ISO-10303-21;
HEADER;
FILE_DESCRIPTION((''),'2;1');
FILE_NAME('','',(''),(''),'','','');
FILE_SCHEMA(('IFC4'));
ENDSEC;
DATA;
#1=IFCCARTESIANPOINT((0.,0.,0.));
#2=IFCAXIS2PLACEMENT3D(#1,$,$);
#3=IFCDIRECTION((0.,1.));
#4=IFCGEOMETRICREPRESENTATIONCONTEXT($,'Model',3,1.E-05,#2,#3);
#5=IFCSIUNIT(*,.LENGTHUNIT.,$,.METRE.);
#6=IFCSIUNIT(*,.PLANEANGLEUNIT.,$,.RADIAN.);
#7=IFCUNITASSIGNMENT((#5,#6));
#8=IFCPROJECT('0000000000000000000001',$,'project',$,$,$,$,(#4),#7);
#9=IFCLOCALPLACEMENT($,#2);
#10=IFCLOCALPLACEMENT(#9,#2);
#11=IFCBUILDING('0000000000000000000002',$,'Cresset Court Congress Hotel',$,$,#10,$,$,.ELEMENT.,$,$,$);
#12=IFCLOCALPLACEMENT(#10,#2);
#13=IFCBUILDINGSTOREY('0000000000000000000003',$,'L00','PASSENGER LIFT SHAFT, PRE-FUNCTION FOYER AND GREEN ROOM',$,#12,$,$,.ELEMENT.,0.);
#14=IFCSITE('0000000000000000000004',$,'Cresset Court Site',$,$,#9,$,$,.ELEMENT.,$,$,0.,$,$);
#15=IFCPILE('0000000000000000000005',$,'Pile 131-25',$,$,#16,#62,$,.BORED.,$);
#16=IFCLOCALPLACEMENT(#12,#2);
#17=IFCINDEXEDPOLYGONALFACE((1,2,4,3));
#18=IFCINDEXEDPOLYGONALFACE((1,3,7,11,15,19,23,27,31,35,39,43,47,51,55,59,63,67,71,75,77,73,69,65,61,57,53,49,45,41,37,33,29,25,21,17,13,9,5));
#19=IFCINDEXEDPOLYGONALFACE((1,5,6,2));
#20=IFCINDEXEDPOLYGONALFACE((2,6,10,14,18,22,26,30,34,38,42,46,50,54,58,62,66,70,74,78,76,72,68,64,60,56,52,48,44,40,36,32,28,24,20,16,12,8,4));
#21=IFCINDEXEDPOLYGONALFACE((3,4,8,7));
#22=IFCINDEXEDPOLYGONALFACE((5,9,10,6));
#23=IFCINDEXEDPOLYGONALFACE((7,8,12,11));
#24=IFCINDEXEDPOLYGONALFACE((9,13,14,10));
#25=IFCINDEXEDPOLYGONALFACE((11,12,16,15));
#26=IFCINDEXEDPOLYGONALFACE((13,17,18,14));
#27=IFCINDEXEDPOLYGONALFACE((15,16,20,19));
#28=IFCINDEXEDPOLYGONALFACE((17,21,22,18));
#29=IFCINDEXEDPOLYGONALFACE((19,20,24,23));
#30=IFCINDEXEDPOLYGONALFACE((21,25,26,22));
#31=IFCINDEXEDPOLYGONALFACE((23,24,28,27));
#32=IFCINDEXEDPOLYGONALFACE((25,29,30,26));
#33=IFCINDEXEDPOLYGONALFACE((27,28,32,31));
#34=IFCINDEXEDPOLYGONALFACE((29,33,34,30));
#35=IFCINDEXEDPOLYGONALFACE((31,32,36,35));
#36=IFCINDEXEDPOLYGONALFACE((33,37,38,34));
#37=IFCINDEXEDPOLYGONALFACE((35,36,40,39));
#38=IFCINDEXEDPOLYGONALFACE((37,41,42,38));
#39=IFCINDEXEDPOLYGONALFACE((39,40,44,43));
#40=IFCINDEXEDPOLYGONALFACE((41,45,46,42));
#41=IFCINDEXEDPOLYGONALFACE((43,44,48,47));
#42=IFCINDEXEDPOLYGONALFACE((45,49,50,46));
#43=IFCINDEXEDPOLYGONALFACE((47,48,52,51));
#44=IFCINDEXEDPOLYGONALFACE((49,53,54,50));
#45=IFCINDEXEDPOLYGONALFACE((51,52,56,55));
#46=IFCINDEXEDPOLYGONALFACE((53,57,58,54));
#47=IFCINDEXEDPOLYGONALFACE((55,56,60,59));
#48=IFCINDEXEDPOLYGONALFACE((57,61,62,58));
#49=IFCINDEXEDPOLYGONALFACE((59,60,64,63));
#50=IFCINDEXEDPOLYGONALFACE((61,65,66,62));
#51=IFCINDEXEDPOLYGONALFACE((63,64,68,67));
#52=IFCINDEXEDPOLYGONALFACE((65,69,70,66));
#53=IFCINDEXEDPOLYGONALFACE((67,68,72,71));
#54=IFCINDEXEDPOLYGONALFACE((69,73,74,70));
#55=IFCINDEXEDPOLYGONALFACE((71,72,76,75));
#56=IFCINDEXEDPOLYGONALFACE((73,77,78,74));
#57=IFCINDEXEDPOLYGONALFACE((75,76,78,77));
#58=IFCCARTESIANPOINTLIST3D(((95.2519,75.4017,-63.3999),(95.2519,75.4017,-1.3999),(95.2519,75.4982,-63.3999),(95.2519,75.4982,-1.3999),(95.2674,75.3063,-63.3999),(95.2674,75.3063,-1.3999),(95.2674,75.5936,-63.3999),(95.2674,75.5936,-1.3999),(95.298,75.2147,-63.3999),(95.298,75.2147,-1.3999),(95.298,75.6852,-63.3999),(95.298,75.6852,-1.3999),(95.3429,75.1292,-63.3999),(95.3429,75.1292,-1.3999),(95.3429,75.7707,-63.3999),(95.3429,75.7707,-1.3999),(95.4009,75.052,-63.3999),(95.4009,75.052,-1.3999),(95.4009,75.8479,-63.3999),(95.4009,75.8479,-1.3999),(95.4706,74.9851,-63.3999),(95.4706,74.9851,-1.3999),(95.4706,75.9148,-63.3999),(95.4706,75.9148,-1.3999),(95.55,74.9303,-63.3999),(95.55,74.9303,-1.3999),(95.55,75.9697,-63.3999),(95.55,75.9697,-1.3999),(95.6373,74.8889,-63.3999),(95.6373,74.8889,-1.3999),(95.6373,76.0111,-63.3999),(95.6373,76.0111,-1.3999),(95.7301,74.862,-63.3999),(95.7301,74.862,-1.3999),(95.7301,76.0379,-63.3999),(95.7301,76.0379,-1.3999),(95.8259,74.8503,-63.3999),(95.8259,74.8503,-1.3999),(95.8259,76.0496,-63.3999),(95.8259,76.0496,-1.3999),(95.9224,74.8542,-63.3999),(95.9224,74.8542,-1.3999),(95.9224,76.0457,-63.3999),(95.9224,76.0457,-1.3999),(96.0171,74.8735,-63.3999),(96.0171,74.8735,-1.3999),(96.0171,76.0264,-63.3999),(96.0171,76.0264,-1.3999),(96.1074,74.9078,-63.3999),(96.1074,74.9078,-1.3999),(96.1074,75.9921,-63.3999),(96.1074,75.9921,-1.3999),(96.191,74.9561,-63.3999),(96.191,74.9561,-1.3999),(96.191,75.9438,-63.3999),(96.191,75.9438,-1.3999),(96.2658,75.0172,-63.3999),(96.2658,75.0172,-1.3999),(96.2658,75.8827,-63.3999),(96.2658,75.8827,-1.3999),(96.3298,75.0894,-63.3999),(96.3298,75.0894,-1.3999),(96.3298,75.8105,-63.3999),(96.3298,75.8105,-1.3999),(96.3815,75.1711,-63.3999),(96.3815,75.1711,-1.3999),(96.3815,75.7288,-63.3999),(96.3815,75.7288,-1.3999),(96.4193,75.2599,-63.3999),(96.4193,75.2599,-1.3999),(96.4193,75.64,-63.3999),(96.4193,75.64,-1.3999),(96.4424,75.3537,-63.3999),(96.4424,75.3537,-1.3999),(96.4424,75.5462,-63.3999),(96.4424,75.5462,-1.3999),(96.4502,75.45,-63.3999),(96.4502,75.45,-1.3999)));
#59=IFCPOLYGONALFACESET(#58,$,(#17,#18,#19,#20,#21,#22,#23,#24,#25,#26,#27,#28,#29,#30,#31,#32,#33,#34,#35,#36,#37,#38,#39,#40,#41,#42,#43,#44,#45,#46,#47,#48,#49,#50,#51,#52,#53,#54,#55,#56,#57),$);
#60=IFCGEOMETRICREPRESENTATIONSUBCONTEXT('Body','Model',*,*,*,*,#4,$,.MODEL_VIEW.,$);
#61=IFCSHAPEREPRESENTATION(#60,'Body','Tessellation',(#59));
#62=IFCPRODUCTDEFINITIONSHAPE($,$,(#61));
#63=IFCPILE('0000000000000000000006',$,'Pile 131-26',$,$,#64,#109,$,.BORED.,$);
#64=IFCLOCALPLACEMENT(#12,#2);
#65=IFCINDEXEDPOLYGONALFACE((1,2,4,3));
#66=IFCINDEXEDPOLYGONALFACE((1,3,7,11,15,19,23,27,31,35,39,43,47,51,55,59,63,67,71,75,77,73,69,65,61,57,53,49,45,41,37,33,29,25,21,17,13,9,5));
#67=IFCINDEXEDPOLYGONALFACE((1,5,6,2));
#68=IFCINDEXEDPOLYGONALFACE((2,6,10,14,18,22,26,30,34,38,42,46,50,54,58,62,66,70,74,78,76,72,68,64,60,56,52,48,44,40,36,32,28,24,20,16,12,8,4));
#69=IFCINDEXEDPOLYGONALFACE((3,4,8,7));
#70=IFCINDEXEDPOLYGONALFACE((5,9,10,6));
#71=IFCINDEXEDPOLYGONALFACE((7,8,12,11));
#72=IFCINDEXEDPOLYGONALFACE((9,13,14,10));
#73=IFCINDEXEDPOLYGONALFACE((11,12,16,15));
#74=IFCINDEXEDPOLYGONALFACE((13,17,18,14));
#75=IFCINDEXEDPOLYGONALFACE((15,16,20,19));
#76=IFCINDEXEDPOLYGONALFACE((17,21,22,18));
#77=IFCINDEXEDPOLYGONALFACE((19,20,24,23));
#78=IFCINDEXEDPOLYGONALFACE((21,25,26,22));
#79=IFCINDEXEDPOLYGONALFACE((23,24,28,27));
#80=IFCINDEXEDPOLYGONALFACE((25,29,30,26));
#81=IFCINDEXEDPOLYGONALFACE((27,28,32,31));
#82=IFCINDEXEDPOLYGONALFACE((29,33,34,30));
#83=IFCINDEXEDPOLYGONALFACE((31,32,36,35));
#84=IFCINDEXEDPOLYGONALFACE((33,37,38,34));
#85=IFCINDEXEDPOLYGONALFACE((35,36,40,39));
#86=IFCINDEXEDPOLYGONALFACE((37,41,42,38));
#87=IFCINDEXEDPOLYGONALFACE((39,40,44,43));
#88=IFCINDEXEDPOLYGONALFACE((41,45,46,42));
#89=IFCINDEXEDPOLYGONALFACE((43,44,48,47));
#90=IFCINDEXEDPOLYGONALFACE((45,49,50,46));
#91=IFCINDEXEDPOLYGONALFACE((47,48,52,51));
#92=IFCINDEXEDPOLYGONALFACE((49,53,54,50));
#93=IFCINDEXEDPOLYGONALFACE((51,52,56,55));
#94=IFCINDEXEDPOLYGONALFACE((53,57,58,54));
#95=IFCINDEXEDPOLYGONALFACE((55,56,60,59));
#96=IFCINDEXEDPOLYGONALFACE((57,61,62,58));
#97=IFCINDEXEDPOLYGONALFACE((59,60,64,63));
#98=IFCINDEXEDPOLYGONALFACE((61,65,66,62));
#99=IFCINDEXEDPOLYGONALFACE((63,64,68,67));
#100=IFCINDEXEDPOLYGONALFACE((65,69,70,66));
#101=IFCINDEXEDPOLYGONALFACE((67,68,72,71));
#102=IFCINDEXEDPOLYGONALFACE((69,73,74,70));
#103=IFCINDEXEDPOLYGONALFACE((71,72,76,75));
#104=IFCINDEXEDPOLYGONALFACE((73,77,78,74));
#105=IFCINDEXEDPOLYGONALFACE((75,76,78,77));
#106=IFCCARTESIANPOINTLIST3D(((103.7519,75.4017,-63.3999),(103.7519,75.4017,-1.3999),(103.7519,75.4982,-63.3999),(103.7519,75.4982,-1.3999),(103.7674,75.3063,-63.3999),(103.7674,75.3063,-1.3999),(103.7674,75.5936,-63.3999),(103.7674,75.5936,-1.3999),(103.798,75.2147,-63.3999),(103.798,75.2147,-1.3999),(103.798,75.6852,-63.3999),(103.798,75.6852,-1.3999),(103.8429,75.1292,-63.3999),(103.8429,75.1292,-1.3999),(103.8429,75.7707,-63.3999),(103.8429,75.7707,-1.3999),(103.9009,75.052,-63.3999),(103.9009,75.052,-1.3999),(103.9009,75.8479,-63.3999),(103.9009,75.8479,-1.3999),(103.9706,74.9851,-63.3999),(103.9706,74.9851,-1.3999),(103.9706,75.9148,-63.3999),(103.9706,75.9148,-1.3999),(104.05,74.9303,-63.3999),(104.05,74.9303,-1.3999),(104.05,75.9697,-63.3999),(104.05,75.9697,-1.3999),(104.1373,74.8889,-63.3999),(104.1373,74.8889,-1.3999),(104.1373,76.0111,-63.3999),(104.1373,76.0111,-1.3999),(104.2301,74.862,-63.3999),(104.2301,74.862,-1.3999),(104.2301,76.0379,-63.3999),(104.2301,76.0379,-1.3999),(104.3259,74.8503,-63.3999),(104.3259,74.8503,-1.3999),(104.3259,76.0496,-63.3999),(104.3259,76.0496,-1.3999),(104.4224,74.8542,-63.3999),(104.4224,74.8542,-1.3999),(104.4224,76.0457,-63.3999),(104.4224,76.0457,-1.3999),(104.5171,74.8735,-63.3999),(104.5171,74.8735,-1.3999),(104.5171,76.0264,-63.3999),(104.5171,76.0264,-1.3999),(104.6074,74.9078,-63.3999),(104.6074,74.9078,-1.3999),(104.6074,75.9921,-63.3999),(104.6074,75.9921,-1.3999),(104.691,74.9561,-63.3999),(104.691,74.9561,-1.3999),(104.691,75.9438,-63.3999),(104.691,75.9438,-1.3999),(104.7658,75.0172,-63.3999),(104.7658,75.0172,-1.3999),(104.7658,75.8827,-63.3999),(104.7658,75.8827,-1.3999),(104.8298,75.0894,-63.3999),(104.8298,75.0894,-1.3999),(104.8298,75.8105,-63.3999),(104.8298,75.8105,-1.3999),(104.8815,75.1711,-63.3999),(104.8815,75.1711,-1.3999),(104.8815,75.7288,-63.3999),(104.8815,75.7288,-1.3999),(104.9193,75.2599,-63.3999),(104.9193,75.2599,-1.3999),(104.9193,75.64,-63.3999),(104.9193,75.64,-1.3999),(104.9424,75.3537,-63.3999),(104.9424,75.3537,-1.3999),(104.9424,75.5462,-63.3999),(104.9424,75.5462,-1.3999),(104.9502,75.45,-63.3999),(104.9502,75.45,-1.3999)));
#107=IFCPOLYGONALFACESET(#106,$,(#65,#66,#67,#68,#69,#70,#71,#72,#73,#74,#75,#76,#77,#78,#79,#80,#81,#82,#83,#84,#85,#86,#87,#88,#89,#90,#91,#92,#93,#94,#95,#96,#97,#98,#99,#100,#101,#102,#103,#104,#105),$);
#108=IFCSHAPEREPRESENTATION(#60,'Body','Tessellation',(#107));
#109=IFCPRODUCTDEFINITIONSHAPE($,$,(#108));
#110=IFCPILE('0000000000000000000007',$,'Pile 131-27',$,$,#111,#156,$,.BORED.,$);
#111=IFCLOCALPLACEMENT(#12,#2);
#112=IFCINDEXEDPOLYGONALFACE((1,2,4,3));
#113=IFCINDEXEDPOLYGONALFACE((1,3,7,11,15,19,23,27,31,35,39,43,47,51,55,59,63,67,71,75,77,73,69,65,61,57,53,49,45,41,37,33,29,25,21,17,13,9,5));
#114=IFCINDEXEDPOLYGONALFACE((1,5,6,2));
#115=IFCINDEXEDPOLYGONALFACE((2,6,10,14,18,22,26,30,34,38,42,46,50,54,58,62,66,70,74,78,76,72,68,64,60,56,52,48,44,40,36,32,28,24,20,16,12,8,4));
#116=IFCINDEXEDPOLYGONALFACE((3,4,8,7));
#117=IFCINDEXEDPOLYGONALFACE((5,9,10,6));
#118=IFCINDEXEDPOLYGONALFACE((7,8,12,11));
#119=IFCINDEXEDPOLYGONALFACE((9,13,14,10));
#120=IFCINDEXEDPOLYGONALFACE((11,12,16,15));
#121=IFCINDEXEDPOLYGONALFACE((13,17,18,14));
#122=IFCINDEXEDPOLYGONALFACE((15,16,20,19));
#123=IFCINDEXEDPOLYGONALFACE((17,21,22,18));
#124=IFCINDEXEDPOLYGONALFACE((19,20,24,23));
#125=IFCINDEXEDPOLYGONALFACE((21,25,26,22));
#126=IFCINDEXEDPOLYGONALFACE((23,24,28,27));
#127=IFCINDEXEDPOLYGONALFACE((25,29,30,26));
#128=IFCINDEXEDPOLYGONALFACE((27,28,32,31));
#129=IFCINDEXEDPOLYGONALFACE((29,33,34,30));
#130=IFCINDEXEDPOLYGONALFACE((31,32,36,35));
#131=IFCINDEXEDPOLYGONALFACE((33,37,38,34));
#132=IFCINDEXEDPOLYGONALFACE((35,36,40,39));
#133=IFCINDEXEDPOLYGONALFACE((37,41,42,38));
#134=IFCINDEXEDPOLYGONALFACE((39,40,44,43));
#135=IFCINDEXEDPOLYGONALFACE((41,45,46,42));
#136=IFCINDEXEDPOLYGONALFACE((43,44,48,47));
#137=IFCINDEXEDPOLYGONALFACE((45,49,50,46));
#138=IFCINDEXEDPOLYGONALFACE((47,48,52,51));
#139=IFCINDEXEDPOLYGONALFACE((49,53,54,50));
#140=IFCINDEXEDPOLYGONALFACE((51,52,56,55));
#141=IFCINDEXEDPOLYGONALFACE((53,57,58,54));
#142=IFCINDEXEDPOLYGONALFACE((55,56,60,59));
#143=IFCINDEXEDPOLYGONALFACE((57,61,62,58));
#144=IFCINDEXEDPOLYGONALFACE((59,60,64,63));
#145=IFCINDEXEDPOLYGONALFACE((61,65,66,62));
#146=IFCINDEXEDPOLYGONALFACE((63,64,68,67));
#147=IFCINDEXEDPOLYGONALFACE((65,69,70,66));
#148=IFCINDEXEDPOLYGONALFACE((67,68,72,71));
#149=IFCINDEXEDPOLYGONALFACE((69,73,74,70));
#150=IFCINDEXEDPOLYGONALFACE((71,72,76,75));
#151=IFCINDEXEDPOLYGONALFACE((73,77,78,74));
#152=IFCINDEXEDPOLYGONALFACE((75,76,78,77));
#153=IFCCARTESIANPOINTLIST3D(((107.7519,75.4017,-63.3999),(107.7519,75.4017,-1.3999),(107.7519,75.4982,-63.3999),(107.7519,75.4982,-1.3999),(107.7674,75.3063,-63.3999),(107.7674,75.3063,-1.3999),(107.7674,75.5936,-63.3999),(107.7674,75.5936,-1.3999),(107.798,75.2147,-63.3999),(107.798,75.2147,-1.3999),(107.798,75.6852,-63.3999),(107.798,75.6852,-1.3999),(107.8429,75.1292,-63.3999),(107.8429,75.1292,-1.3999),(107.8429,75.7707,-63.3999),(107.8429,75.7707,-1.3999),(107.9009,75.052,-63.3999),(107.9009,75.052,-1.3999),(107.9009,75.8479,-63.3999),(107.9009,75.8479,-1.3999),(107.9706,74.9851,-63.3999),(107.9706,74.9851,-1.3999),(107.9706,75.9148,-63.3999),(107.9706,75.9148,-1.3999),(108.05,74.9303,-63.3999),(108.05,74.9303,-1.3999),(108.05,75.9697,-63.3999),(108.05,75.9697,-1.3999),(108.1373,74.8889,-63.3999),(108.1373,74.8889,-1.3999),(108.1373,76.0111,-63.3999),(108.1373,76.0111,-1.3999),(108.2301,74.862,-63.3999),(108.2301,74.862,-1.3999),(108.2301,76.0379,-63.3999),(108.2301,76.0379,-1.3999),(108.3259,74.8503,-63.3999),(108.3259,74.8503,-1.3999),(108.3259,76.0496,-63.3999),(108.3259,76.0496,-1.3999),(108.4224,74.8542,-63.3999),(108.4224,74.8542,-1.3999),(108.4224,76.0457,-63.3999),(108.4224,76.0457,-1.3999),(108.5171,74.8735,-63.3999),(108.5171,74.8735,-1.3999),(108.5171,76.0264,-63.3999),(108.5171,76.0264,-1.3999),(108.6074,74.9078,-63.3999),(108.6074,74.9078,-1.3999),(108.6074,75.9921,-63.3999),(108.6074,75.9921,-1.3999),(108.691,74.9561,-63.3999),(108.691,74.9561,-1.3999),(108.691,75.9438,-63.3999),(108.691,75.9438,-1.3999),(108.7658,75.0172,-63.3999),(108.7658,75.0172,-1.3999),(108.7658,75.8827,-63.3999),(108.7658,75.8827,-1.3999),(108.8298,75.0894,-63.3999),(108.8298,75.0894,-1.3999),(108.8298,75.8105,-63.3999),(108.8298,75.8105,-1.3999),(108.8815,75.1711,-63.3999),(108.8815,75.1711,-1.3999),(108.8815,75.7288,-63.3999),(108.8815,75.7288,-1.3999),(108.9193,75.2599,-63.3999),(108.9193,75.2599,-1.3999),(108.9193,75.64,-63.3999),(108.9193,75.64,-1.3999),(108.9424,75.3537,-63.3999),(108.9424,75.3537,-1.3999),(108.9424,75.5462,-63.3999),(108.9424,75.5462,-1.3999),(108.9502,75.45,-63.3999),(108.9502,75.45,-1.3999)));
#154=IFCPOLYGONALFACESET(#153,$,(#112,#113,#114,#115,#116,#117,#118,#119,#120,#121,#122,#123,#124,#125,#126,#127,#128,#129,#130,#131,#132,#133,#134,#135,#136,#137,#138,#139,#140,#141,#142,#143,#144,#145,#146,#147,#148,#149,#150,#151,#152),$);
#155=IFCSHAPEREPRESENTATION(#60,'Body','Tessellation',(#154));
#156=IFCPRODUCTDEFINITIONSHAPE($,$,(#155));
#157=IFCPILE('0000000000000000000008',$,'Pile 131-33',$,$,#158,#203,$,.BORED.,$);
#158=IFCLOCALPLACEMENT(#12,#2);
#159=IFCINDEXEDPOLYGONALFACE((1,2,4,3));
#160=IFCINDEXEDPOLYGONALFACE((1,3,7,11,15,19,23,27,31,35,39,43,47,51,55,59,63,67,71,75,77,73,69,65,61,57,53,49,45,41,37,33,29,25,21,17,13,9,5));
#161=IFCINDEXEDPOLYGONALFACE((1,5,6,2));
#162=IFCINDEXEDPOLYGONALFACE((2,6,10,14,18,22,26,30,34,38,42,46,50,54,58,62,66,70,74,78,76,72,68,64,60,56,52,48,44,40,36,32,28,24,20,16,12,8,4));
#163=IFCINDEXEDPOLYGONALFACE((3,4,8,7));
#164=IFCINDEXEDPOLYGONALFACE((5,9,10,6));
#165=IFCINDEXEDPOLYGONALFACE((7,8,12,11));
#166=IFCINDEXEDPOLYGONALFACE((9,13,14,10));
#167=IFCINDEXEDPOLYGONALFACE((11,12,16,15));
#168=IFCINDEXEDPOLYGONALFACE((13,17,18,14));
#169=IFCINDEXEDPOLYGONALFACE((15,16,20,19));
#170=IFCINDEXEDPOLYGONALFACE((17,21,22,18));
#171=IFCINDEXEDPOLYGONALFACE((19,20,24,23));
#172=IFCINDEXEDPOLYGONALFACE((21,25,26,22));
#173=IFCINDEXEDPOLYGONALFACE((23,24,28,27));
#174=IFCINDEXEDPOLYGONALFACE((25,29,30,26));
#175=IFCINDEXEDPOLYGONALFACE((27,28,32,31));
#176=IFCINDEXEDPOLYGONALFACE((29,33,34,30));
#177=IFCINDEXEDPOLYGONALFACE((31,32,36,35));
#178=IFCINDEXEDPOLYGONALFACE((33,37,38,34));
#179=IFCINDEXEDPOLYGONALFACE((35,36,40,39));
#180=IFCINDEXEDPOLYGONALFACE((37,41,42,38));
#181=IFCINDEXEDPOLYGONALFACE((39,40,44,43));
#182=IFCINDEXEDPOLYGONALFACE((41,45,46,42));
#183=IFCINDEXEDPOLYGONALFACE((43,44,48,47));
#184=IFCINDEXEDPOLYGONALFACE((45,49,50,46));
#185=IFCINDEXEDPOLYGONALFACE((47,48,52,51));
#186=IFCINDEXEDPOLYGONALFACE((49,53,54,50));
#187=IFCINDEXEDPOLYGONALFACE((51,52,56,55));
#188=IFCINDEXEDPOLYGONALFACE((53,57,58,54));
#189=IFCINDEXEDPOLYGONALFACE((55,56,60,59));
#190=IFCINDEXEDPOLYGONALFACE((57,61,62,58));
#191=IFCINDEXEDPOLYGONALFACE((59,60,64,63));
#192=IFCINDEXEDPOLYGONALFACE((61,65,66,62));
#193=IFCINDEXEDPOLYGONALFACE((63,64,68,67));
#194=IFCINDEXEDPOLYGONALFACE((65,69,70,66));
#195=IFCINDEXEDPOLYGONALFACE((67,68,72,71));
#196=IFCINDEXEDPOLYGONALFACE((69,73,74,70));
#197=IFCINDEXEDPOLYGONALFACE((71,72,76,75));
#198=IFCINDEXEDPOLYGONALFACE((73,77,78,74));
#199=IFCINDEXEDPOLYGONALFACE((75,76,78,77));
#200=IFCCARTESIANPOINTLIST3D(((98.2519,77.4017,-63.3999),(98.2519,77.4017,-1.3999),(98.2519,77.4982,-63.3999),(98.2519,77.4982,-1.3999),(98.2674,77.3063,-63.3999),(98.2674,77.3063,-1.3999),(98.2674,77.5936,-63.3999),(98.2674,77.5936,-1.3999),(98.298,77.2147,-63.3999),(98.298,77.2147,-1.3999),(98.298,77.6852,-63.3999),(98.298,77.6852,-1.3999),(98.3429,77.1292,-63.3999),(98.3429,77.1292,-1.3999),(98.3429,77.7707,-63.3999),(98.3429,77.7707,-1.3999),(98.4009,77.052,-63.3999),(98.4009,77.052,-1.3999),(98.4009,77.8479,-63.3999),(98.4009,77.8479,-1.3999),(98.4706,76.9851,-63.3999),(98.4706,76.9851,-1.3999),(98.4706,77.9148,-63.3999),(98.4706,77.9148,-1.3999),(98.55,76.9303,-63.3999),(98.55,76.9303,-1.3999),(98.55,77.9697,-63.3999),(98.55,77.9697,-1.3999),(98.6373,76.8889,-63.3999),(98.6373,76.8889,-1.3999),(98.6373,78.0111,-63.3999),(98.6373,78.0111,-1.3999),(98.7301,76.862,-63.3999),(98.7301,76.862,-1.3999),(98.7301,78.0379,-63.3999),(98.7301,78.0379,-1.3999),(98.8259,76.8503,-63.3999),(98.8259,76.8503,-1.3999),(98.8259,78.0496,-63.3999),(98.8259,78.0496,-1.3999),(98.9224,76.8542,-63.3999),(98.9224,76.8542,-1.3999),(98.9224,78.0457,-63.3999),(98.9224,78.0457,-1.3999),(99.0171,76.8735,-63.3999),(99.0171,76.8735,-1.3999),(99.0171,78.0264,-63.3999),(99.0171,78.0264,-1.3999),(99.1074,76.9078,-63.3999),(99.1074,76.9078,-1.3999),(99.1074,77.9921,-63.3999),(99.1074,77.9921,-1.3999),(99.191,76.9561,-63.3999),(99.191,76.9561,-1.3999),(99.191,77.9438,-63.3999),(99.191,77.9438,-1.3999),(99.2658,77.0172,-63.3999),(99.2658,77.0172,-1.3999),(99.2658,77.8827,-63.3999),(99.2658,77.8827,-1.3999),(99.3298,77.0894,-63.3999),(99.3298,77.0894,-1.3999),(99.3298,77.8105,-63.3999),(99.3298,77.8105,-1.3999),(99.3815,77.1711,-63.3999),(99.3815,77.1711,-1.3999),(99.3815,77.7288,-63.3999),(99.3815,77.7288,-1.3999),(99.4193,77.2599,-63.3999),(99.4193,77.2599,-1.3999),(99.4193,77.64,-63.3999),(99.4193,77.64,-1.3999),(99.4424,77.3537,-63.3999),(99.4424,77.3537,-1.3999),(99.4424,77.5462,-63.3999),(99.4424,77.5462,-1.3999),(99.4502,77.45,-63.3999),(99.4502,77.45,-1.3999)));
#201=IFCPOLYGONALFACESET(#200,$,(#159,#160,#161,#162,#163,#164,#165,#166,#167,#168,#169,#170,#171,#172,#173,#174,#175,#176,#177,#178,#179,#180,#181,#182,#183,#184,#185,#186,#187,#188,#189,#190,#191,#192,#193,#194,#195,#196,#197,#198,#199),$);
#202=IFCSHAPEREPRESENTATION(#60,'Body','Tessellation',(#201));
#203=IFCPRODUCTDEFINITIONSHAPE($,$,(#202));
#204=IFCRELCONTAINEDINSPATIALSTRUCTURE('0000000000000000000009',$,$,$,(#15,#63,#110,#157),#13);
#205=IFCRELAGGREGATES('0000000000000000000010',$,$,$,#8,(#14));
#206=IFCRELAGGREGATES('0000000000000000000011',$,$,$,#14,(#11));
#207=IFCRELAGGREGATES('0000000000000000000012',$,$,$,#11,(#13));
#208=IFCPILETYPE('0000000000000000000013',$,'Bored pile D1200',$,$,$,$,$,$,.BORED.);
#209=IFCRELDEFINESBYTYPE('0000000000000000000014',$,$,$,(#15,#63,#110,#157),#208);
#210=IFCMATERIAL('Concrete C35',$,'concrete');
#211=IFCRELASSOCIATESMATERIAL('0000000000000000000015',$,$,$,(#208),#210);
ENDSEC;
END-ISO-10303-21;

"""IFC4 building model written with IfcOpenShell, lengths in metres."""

from ifc_helpers import new_model, si_unit, direction, frame, origin, origin_2d, place, context, subcontext, project, spatial, circle, extrude, material, type_object, element, save


model = new_model("IFC4")

# Units and contexts
model_context = context("Model", 3, precision=1e-05, world=origin(), true_north=direction((0.0, 1.0)))
body_context = subcontext(model_context, "Body", "Model", "MODEL_VIEW")
ifc_project = project(units=[si_unit("LENGTHUNIT", "METRE"), si_unit("PLANEANGLEUNIT", "RADIAN")], contexts=[model_context])

# Site, building, storey
site_placement = place(None, origin())
site = spatial("IfcSite", under=ifc_project, at=site_placement, Name="Cresset Court Site", CompositionType="ELEMENT", RefElevation=0.0)
building_placement = place(site_placement, origin())
building = spatial("IfcBuilding", under=site, at=building_placement, Name="Cresset Court Congress Hotel", CompositionType="ELEMENT")
storey_placement = place(building_placement, origin())
storey = spatial("IfcBuildingStorey", under=building, at=storey_placement, Name="L00", Description="PASSENGER LIFT SHAFT, PRE-FUNCTION FOYER AND GREEN ROOM", CompositionType="ELEMENT", Elevation=0.0)

# Piles
ifc_material_1 = material(Name="Concrete C35", Category="concrete")
pile_type = type_object("IfcPileType", Name="Bored pile D1200", PredefinedType="BORED", material=ifc_material_1)
for number, where, z_axis, x_axis, name in (
    (1, (95.8501, 75.45, -1.3999), (0.0, 0.0, -1.0), (1.0, 0.0, 0.0), "Pile 131-25"),
    (2, (104.3501, 75.45, -1.3999), (0.0, 0.0, -1.0), (1.0, 0.0, 0.0), "Pile 131-26"),
    (3, (108.3501, 75.45, -1.3999), (0.0, 0.0, -1.0), (1.0, 0.0, 0.0), "Pile 131-27"),
    (4, (98.8501, 77.45, -1.3999), (0.0, 0.0, -1.0), (1.0, 0.0, 0.0), "Pile 131-33"),
):
    element("IfcPile", number, at=place(storey_placement, frame(where, z_axis=z_axis, x_axis=x_axis)), inside=storey, type_object=pile_type, Name=name, PredefinedType="BORED", context=body_context, shape_type="SweptSolid", body=[
        extrude(circle(Radius=0.6001, at=origin_2d()), origin(), (0.0, 0.0, 1.0), 62.0),
    ])

save(model, "model.ifc")
